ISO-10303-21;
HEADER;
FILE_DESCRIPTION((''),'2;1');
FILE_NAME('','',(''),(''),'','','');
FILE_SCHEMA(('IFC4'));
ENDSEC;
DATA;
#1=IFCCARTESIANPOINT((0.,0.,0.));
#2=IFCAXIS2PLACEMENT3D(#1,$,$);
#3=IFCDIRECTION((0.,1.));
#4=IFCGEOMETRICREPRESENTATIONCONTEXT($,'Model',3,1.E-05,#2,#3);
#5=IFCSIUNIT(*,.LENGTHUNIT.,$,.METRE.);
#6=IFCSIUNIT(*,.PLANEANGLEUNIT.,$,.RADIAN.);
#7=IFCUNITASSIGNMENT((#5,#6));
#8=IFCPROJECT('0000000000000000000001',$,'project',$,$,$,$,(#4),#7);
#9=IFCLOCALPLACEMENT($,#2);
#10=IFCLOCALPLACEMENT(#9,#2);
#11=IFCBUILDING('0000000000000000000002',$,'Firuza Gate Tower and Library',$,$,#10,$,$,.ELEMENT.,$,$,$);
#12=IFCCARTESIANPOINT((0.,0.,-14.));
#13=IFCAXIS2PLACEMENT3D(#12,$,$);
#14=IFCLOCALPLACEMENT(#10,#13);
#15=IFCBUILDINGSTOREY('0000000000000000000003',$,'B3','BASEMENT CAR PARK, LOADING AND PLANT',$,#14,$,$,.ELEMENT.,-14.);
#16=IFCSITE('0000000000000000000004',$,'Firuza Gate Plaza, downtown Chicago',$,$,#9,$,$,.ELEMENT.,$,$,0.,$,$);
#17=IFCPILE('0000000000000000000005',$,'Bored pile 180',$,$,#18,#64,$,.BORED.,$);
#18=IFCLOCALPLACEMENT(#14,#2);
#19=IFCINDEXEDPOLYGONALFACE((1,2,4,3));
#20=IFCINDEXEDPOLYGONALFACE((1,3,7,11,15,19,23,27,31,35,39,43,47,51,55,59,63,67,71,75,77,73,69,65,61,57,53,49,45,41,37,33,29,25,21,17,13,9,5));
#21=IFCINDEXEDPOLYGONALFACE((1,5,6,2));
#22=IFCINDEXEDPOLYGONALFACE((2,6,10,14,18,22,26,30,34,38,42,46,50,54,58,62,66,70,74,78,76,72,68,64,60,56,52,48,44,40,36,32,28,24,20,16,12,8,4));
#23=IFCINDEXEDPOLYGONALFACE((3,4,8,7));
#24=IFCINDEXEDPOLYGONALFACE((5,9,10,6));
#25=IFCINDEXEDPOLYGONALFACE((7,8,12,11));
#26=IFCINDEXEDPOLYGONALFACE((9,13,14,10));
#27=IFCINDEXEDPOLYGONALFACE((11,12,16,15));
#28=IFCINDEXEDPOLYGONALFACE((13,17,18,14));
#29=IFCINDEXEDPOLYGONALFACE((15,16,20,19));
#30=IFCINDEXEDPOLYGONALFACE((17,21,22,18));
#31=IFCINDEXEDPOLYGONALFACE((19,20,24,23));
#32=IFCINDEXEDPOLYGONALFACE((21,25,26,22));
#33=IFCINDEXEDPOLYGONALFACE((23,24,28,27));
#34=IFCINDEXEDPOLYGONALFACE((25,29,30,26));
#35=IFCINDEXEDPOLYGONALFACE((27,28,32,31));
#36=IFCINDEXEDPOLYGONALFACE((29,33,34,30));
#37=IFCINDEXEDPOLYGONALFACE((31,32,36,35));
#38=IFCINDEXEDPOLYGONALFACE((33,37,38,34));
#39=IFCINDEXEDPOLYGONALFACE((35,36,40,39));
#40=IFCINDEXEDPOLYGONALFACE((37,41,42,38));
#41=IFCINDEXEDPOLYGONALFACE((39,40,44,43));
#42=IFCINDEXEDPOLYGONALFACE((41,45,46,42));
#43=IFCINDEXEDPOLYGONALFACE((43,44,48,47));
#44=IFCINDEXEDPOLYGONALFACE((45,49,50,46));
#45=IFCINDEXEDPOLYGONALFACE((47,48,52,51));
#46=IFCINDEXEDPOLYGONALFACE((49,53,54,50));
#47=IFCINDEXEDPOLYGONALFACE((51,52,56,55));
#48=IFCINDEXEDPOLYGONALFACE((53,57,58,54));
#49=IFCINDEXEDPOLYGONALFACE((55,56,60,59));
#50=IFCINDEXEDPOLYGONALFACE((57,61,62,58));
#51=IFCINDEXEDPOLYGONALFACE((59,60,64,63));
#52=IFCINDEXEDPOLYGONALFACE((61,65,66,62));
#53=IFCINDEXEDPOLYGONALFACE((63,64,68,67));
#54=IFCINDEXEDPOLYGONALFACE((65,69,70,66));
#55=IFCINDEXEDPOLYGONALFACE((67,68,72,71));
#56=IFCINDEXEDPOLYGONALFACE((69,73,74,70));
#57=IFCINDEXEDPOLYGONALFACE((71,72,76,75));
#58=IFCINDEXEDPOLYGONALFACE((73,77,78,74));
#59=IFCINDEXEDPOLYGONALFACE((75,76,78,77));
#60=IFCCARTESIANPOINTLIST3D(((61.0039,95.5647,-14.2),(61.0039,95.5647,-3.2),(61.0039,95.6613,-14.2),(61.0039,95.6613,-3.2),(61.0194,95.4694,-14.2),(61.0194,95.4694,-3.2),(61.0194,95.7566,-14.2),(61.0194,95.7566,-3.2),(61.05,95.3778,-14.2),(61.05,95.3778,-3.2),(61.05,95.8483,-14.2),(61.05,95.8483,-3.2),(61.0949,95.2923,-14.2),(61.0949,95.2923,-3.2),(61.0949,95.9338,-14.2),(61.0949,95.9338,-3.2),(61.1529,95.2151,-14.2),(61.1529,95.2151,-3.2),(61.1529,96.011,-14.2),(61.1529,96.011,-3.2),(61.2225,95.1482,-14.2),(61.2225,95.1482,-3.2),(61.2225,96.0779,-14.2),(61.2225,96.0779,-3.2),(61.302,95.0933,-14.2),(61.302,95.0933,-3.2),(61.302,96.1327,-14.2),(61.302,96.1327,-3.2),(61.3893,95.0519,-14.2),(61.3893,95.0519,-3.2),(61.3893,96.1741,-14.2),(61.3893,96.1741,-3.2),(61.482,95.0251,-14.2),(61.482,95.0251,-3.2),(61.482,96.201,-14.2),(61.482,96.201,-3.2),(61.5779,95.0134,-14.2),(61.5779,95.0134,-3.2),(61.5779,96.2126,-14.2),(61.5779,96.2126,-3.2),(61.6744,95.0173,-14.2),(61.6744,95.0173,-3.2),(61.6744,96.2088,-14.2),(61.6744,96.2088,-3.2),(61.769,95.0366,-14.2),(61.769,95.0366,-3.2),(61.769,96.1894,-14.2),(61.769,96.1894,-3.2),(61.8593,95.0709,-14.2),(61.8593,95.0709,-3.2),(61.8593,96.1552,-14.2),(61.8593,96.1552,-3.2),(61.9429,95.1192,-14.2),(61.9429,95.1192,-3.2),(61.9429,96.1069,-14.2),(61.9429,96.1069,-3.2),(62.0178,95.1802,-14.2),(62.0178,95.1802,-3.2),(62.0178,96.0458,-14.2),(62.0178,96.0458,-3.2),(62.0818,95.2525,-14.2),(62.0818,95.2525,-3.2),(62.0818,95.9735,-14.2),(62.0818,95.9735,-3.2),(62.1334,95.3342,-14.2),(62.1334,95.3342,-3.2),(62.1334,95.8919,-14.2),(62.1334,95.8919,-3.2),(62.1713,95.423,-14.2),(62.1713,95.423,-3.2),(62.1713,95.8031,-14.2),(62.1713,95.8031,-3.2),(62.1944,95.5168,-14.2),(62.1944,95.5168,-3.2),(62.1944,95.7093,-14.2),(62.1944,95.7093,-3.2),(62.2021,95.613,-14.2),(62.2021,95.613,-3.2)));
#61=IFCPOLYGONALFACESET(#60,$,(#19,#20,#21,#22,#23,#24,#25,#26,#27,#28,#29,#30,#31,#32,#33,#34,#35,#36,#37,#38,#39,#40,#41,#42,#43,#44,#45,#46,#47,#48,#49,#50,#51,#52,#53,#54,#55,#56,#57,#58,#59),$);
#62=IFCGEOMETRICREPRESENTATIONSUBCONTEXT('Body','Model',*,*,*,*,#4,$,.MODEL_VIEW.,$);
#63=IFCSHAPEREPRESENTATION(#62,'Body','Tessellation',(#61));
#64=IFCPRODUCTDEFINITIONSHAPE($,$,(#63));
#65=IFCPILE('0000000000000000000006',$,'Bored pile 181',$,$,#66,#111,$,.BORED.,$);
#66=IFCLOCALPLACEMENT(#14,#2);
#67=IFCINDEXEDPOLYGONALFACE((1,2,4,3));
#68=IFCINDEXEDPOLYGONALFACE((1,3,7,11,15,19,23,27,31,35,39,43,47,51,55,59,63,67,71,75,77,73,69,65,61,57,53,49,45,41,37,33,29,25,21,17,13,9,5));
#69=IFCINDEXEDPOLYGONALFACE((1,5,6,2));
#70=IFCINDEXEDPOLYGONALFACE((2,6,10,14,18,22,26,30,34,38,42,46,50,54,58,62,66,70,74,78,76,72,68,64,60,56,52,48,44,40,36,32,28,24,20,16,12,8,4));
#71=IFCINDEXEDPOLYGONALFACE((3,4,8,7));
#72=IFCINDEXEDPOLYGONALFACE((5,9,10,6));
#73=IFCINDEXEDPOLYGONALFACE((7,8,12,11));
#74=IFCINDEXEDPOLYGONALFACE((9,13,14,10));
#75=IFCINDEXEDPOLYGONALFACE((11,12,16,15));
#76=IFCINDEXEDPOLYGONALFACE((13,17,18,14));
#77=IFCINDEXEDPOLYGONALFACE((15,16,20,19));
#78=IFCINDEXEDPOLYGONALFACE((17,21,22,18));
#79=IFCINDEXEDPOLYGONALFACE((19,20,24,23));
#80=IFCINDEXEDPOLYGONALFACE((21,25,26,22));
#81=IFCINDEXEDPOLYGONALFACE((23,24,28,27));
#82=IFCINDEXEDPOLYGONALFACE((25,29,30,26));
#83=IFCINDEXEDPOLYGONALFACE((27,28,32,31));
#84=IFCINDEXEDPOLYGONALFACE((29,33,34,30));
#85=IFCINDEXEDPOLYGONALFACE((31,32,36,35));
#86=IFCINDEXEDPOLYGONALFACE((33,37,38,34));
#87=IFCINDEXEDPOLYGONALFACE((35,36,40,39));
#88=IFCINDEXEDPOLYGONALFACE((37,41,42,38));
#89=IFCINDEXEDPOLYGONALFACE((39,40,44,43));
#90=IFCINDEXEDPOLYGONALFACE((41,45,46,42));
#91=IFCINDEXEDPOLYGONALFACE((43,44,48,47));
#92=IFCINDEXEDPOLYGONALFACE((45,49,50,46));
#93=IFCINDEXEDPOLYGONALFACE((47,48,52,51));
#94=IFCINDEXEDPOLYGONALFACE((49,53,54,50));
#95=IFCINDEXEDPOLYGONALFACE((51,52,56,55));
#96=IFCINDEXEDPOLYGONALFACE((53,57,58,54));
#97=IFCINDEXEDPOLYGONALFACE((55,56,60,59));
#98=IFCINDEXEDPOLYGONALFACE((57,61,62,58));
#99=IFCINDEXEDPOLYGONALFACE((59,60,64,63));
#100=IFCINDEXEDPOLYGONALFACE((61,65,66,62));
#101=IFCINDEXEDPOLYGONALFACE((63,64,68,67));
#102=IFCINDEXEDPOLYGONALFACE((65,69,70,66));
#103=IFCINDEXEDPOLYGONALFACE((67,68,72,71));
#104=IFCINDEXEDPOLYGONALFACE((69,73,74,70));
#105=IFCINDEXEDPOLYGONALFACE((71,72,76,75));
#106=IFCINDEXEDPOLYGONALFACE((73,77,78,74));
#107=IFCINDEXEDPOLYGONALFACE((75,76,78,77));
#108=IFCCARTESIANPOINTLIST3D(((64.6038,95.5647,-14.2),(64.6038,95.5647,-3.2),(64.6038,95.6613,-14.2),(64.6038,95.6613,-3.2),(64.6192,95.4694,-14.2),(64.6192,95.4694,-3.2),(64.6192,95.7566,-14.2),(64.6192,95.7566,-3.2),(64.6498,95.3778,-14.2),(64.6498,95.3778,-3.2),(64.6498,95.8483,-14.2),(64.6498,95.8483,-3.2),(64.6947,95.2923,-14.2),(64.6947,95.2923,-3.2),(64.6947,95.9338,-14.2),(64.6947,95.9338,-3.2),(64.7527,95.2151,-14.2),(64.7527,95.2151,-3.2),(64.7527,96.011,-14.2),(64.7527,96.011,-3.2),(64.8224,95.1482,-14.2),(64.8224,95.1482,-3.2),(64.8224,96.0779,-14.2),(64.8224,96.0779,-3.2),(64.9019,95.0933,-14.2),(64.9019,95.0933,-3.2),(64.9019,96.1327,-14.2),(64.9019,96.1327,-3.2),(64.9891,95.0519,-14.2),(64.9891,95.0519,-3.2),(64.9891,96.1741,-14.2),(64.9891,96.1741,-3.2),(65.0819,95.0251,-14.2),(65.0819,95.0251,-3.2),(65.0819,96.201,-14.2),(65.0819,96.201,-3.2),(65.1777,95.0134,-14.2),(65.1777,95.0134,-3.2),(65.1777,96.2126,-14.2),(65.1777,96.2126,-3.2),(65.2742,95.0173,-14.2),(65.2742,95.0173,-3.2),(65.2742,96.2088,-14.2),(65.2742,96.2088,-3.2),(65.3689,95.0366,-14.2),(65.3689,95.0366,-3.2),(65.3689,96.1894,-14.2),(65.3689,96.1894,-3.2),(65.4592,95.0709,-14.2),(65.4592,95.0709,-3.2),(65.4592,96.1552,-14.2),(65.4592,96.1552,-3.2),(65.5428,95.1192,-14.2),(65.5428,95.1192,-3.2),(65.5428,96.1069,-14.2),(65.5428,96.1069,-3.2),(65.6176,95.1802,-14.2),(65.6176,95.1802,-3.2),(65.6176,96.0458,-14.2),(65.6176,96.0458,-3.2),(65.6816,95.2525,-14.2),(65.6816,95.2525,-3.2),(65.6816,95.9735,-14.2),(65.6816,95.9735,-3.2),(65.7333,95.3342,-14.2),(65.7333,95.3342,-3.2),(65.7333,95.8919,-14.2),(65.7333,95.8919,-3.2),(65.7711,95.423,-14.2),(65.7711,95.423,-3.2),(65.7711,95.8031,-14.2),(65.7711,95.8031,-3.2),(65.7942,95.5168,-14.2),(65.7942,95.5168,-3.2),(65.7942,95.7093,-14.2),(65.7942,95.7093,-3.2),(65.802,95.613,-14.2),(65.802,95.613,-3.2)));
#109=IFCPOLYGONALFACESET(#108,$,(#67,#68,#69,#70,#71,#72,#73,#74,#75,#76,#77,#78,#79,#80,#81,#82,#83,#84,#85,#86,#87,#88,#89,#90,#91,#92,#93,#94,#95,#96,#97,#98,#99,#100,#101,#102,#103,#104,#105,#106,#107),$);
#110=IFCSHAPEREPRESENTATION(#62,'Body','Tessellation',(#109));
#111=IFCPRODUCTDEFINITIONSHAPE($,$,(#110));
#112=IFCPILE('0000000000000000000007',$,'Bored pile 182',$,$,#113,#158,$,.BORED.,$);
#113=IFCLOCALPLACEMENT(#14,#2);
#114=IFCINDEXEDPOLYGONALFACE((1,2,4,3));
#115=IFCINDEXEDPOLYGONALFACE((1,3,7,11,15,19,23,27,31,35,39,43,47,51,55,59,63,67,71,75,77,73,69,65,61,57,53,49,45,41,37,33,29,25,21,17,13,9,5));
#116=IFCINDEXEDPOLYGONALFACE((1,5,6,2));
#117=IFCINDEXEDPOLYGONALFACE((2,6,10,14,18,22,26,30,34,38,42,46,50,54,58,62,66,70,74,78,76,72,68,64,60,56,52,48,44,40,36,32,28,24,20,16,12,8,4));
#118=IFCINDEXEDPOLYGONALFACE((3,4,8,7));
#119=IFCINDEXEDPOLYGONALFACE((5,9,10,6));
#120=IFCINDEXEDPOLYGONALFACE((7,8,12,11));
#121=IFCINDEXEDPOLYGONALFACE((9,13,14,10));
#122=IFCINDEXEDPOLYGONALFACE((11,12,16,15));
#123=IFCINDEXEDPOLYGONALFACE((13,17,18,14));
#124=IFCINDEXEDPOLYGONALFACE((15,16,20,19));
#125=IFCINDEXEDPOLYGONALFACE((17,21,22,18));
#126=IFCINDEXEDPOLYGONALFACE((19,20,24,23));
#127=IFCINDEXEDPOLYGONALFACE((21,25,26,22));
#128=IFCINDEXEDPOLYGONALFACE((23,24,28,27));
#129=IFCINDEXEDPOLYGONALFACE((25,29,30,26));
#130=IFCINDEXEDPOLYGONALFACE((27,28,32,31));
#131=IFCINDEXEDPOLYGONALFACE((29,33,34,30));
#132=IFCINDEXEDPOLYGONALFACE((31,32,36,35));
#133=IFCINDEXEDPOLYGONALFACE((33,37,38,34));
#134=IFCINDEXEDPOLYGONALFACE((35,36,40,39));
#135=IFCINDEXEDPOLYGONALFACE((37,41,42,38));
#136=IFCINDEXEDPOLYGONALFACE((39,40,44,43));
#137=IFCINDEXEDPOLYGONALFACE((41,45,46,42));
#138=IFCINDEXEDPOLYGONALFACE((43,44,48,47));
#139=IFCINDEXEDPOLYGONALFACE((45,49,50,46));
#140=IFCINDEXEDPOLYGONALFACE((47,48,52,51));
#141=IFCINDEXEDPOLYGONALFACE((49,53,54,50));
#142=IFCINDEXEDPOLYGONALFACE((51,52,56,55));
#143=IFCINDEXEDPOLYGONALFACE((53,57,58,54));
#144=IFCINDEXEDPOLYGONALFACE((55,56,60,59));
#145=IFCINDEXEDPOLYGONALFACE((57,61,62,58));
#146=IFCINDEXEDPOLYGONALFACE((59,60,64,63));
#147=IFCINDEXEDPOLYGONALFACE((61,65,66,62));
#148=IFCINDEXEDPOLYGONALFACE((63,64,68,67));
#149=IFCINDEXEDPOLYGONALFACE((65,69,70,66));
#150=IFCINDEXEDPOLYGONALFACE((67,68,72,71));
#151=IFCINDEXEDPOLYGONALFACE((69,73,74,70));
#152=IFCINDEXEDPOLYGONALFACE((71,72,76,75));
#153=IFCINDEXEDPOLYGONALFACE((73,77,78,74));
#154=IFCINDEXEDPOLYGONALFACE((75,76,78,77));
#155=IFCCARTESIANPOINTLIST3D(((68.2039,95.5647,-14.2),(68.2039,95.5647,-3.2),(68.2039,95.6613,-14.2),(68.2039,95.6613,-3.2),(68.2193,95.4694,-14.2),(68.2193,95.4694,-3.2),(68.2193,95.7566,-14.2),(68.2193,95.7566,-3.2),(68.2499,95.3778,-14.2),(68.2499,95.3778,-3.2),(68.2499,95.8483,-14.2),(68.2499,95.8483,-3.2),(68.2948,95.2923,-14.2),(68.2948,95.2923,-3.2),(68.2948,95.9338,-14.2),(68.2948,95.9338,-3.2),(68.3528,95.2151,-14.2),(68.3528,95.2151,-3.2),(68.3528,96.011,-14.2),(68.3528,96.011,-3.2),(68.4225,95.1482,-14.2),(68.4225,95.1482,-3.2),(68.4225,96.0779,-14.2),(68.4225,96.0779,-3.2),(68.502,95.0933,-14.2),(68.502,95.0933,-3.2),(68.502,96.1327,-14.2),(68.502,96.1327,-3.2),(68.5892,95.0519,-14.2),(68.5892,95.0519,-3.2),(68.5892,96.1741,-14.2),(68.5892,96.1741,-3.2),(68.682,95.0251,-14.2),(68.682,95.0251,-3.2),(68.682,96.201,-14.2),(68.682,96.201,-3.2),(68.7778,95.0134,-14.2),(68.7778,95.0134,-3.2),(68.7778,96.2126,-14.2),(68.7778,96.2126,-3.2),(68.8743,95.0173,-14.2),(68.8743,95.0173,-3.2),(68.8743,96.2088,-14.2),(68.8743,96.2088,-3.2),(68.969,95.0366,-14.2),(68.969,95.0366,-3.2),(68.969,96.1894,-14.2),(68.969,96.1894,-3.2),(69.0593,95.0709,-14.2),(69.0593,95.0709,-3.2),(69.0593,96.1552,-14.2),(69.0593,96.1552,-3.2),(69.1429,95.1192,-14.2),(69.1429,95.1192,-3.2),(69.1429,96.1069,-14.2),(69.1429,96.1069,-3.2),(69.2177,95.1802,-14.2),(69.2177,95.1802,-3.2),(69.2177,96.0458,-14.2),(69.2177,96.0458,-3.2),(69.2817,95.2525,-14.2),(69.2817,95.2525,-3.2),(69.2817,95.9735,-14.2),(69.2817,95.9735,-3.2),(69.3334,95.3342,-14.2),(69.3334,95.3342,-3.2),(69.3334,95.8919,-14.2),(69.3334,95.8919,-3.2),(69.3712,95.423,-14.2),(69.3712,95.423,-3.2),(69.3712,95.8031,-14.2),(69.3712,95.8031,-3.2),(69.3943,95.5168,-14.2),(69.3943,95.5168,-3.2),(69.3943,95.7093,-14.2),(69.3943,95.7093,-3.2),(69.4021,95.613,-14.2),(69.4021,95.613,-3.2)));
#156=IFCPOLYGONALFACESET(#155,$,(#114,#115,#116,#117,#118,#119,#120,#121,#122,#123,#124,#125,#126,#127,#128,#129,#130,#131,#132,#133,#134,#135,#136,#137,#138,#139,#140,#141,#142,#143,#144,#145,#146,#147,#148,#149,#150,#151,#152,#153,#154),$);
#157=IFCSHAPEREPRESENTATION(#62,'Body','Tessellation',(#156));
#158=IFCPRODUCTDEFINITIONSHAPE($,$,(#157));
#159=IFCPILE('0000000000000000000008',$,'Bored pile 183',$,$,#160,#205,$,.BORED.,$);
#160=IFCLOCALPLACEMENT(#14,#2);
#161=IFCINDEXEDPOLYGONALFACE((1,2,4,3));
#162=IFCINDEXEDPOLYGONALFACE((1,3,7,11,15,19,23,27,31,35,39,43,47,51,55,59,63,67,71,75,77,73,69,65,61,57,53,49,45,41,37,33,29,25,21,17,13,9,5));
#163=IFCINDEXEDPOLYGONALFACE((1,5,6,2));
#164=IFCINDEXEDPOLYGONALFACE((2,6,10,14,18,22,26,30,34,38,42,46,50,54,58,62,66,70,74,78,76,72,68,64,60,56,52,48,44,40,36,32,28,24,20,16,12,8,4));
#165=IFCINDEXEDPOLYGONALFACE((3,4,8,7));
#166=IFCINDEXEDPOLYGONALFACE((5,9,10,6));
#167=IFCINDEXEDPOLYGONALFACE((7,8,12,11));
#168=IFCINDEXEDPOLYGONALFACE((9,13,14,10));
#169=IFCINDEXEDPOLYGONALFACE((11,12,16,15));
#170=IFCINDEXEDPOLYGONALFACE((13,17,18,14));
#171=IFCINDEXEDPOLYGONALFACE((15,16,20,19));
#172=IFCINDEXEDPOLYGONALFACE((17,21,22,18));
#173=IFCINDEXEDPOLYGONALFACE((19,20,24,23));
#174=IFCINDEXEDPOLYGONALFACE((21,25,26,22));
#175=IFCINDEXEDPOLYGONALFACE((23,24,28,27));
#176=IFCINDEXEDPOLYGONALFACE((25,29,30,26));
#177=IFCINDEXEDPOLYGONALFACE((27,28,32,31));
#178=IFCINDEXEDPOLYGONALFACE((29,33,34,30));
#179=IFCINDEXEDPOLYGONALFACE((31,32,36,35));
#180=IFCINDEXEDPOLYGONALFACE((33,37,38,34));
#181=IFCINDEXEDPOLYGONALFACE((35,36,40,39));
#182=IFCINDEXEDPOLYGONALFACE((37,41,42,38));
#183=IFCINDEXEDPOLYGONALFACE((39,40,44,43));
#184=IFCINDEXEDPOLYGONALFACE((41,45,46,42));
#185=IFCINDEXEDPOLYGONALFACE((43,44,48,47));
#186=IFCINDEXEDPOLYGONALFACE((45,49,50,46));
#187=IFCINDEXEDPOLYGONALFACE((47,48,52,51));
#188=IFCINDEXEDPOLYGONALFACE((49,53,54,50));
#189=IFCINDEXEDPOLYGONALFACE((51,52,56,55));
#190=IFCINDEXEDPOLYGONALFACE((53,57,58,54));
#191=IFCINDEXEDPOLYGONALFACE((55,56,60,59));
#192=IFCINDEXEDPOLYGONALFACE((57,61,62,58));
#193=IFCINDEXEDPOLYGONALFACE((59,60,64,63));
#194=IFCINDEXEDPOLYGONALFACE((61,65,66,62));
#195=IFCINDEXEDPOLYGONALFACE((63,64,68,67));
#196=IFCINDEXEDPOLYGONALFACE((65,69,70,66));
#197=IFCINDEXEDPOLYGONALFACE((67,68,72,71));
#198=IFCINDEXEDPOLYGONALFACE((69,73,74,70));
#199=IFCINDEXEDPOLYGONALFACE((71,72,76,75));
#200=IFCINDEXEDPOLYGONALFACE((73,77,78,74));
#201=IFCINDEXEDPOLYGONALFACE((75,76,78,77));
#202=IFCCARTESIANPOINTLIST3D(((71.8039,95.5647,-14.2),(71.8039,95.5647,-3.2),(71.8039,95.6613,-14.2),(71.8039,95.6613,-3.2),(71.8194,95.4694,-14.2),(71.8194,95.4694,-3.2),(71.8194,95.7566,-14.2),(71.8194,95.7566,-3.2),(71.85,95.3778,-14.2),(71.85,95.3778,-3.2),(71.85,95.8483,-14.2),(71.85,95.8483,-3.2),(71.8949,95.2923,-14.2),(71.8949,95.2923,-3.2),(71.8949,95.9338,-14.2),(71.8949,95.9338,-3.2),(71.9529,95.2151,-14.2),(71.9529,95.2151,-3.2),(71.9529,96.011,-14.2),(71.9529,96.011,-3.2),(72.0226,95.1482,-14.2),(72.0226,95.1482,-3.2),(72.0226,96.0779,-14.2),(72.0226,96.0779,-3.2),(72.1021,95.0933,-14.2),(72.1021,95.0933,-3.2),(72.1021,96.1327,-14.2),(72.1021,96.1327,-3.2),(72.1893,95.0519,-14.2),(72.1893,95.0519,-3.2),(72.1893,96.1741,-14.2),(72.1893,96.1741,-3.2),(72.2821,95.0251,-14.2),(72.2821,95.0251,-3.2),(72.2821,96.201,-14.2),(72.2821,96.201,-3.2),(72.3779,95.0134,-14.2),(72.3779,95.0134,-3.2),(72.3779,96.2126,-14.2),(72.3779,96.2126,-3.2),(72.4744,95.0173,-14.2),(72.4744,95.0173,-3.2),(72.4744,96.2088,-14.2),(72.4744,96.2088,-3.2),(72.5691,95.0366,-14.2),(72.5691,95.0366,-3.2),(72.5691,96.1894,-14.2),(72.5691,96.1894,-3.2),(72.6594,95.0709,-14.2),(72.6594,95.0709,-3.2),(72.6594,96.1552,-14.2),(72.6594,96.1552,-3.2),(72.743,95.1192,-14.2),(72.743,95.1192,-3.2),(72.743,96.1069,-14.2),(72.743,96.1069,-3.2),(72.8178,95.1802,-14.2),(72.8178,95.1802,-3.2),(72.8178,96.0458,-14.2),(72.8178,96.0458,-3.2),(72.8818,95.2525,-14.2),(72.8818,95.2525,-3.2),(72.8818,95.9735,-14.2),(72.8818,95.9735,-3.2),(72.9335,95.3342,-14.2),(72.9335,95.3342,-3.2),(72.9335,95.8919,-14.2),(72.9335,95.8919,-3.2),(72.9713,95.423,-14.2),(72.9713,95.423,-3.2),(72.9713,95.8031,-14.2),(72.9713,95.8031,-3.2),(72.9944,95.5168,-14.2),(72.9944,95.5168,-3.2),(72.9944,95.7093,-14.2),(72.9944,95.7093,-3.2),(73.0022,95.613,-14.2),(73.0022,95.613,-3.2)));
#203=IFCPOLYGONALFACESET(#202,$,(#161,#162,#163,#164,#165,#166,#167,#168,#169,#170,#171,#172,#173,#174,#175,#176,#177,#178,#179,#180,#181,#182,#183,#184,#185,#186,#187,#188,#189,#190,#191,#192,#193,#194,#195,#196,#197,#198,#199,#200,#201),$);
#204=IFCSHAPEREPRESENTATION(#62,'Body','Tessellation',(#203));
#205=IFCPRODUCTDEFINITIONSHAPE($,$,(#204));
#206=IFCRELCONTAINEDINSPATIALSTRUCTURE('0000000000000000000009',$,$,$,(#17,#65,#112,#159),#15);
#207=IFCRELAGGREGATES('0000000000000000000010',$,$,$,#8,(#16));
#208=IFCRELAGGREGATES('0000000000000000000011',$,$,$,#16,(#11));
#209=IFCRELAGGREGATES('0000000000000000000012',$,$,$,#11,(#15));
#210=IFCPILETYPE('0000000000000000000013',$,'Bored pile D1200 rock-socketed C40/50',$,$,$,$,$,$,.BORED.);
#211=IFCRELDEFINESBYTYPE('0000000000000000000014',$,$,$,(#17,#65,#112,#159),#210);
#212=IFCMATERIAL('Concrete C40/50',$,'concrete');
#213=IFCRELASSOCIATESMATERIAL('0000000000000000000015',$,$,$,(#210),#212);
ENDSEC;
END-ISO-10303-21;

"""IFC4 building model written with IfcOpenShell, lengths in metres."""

from ifc_helpers import new_model, si_unit, direction, frame, origin, origin_2d, place, context, subcontext, project, spatial, circle, extrude, material, material_profile, profile_set, type_object, element, save


model = new_model("IFC4")

# Units and contexts
model_context = context("Model", 3, precision=1e-05, world=origin(), true_north=direction((0.0, 1.0)))
body_context = subcontext(model_context, "Body", "Model", "MODEL_VIEW")
ifc_project = project(units=[si_unit("LENGTHUNIT", "METRE"), si_unit("PLANEANGLEUNIT", "RADIAN")], contexts=[model_context])

# Site, building, storey
site_placement = place(None, origin())
site = spatial("IfcSite", under=ifc_project, at=site_placement, Name="Firuza Gate Plaza, downtown Chicago", CompositionType="ELEMENT", RefElevation=0.0)
building_placement = place(site_placement, origin())
building = spatial("IfcBuilding", under=site, at=building_placement, Name="Firuza Gate Tower and Library", CompositionType="ELEMENT")
storey_placement = place(building_placement, frame((0.0, 0.0, -14.0)))
storey = spatial("IfcBuildingStorey", under=building, at=storey_placement, Name="B3", Description="BASEMENT CAR PARK, LOADING AND PLANT", CompositionType="ELEMENT", Elevation=-14.0)

# Piles
ifc_material_1 = material(Name="Concrete C40/50", Category="concrete")
ifc_material_profile_1 = material_profile(ifc_material_1, circle(Radius=0.6001, at=origin_2d()))
ifc_profile_set_1 = profile_set([ifc_material_profile_1], Name="Concrete C40/50")
pile_type = type_object("IfcPileType", Name="Bored pile D1200 rock-socketed C40/50", PredefinedType="BORED", material=ifc_profile_set_1)
for number, where, z_axis, x_axis, name in (
    (1, (61.6021, 95.613, -3.2), (0.0, 0.0, -1.0), (1.0, 0.0, 0.0), "Bored pile 180"),
    (2, (65.2019, 95.613, -3.2), (0.0, 0.0, -1.0), (1.0, 0.0, 0.0), "Bored pile 181"),
    (3, (68.802, 95.613, -3.2), (0.0, 0.0, -1.0), (1.0, 0.0, 0.0), "Bored pile 182"),
    (4, (72.4021, 95.613, -3.2), (0.0, 0.0, -1.0), (1.0, 0.0, 0.0), "Bored pile 183"),
):
    element("IfcPile", number, at=place(storey_placement, frame(where, z_axis=z_axis, x_axis=x_axis)), inside=storey, type_object=pile_type, Name=name, PredefinedType="BORED", context=body_context, shape_type="SweptSolid", body=[
        extrude(circle(Radius=0.6001, at=origin_2d()), origin(), (0.0, 0.0, 1.0), 11.0),
    ])

save(model, "model.ifc")
